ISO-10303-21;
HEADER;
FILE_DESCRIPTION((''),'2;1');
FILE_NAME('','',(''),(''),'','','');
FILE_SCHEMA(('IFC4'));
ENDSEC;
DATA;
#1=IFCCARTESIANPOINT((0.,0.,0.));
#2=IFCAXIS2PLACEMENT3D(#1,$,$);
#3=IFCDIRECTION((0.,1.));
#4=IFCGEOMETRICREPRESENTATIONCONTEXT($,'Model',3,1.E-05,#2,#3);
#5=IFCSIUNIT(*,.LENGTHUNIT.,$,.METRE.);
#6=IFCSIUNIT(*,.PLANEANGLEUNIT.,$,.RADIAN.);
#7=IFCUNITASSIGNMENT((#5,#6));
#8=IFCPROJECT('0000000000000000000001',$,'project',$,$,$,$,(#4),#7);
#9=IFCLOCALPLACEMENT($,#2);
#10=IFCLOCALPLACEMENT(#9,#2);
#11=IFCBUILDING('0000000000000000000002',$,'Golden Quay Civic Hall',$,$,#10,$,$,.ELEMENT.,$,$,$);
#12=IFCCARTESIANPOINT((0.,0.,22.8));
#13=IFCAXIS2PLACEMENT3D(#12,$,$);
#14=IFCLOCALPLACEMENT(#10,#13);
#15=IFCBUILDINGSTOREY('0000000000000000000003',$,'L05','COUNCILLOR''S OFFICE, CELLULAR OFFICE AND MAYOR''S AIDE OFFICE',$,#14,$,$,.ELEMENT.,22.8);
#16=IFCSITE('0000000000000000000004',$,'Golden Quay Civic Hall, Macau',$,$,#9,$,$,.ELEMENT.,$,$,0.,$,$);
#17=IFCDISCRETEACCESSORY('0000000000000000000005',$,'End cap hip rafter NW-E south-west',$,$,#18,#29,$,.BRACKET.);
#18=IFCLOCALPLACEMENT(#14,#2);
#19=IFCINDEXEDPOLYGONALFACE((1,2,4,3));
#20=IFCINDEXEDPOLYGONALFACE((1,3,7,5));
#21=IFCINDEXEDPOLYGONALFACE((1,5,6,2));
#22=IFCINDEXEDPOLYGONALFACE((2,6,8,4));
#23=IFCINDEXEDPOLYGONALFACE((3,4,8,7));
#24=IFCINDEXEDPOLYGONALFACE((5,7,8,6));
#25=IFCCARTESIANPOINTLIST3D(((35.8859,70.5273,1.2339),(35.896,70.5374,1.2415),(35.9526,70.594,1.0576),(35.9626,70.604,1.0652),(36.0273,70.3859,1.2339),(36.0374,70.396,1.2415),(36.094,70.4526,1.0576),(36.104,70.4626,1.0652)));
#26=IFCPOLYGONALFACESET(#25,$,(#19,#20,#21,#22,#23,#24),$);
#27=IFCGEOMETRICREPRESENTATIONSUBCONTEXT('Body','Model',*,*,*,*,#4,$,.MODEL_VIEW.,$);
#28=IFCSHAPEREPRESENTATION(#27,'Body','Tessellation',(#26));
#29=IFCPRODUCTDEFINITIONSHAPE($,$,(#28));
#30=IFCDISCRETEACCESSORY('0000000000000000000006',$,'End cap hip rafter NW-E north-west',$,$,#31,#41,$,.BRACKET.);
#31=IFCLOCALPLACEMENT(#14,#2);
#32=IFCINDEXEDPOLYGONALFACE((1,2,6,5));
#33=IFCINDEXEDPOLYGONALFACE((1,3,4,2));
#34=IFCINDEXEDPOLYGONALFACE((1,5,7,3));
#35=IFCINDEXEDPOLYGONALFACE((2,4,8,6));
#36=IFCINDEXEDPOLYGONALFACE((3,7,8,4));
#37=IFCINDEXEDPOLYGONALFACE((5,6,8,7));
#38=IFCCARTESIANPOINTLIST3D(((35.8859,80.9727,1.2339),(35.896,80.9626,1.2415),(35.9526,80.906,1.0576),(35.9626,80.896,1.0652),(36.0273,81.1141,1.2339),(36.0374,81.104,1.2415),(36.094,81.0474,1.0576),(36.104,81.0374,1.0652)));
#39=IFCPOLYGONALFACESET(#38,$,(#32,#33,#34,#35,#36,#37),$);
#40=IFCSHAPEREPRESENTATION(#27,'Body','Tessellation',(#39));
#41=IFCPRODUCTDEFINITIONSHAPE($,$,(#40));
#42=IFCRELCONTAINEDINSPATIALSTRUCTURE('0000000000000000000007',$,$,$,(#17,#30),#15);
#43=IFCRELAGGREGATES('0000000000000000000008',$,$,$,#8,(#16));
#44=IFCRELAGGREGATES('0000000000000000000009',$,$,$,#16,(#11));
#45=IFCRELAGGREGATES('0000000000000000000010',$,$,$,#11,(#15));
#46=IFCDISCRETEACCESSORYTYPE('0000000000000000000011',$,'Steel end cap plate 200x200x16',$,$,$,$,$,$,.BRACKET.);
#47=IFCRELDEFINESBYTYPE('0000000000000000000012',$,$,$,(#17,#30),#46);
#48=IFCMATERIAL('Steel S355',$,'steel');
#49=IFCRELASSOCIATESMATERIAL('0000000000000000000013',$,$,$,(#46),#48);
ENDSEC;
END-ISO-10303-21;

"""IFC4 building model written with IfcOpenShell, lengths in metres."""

from ifc_helpers import new_model, si_unit, direction, frame, origin, origin_2d, place, context, subcontext, project, spatial, rectangle, extrude, material, material_profile, profile_set, type_object, element, save


model = new_model("IFC4")

# Units and contexts
model_context = context("Model", 3, precision=1e-05, world=origin(), true_north=direction((0.0, 1.0)))
body_context = subcontext(model_context, "Body", "Model", "MODEL_VIEW")
ifc_project = project(units=[si_unit("LENGTHUNIT", "METRE"), si_unit("PLANEANGLEUNIT", "RADIAN")], contexts=[model_context])

# Site, building, storey
site_placement = place(None, origin())
site = spatial("IfcSite", under=ifc_project, at=site_placement, Name="Golden Quay Civic Hall, Macau", CompositionType="ELEMENT", RefElevation=0.0)
building_placement = place(site_placement, origin())
building = spatial("IfcBuilding", under=site, at=building_placement, Name="Golden Quay Civic Hall", CompositionType="ELEMENT")
storey_placement = place(building_placement, frame((0.0, 0.0, 22.8)))
storey = spatial("IfcBuildingStorey", under=building, at=storey_placement, Name="L05", Description="COUNCILLOR'S OFFICE, CELLULAR OFFICE AND MAYOR'S AIDE OFFICE", CompositionType="ELEMENT", Elevation=22.8)

# Discrete accessories
ifc_material_1 = material(Name="Steel S355", Category="steel")
ifc_material_profile_1 = material_profile(ifc_material_1, rectangle(XDim=0.2, YDim=0.2, at=origin_2d()), Name="Steel end cap plate 200x200x16")
ifc_profile_set_1 = profile_set([ifc_material_profile_1], Name="Steel S355")
discrete_accessory_type = type_object("IfcDiscreteAccessoryType", Name="Steel end cap plate 200x200x16", PredefinedType="BRACKET", material=ifc_profile_set_1)
for number, where, z_axis, x_axis, name in (
    (1, (36.0, 70.5, 1.1533), (-0.623579, -0.623579, -0.471486), (0.707107, -0.707107, 0.0), "End cap hip rafter NW-E south-west"),
    (2, (36.0, 81.0, 1.1533), (-0.623579, 0.623579, -0.471486), (-0.707107, -0.707107, 0.0), "End cap hip rafter NW-E north-west"),
):
    element("IfcDiscreteAccessory", number, at=place(storey_placement, frame(where, z_axis=z_axis, x_axis=x_axis)), inside=storey, type_object=discrete_accessory_type, Name=name, PredefinedType="BRACKET", context=body_context, shape_type="SweptSolid", body=[
        extrude(rectangle(XDim=0.2, YDim=0.2, at=origin_2d()), origin(), (0.0, 0.0, 1.0), 0.0161),
    ])

save(model, "model.ifc")
